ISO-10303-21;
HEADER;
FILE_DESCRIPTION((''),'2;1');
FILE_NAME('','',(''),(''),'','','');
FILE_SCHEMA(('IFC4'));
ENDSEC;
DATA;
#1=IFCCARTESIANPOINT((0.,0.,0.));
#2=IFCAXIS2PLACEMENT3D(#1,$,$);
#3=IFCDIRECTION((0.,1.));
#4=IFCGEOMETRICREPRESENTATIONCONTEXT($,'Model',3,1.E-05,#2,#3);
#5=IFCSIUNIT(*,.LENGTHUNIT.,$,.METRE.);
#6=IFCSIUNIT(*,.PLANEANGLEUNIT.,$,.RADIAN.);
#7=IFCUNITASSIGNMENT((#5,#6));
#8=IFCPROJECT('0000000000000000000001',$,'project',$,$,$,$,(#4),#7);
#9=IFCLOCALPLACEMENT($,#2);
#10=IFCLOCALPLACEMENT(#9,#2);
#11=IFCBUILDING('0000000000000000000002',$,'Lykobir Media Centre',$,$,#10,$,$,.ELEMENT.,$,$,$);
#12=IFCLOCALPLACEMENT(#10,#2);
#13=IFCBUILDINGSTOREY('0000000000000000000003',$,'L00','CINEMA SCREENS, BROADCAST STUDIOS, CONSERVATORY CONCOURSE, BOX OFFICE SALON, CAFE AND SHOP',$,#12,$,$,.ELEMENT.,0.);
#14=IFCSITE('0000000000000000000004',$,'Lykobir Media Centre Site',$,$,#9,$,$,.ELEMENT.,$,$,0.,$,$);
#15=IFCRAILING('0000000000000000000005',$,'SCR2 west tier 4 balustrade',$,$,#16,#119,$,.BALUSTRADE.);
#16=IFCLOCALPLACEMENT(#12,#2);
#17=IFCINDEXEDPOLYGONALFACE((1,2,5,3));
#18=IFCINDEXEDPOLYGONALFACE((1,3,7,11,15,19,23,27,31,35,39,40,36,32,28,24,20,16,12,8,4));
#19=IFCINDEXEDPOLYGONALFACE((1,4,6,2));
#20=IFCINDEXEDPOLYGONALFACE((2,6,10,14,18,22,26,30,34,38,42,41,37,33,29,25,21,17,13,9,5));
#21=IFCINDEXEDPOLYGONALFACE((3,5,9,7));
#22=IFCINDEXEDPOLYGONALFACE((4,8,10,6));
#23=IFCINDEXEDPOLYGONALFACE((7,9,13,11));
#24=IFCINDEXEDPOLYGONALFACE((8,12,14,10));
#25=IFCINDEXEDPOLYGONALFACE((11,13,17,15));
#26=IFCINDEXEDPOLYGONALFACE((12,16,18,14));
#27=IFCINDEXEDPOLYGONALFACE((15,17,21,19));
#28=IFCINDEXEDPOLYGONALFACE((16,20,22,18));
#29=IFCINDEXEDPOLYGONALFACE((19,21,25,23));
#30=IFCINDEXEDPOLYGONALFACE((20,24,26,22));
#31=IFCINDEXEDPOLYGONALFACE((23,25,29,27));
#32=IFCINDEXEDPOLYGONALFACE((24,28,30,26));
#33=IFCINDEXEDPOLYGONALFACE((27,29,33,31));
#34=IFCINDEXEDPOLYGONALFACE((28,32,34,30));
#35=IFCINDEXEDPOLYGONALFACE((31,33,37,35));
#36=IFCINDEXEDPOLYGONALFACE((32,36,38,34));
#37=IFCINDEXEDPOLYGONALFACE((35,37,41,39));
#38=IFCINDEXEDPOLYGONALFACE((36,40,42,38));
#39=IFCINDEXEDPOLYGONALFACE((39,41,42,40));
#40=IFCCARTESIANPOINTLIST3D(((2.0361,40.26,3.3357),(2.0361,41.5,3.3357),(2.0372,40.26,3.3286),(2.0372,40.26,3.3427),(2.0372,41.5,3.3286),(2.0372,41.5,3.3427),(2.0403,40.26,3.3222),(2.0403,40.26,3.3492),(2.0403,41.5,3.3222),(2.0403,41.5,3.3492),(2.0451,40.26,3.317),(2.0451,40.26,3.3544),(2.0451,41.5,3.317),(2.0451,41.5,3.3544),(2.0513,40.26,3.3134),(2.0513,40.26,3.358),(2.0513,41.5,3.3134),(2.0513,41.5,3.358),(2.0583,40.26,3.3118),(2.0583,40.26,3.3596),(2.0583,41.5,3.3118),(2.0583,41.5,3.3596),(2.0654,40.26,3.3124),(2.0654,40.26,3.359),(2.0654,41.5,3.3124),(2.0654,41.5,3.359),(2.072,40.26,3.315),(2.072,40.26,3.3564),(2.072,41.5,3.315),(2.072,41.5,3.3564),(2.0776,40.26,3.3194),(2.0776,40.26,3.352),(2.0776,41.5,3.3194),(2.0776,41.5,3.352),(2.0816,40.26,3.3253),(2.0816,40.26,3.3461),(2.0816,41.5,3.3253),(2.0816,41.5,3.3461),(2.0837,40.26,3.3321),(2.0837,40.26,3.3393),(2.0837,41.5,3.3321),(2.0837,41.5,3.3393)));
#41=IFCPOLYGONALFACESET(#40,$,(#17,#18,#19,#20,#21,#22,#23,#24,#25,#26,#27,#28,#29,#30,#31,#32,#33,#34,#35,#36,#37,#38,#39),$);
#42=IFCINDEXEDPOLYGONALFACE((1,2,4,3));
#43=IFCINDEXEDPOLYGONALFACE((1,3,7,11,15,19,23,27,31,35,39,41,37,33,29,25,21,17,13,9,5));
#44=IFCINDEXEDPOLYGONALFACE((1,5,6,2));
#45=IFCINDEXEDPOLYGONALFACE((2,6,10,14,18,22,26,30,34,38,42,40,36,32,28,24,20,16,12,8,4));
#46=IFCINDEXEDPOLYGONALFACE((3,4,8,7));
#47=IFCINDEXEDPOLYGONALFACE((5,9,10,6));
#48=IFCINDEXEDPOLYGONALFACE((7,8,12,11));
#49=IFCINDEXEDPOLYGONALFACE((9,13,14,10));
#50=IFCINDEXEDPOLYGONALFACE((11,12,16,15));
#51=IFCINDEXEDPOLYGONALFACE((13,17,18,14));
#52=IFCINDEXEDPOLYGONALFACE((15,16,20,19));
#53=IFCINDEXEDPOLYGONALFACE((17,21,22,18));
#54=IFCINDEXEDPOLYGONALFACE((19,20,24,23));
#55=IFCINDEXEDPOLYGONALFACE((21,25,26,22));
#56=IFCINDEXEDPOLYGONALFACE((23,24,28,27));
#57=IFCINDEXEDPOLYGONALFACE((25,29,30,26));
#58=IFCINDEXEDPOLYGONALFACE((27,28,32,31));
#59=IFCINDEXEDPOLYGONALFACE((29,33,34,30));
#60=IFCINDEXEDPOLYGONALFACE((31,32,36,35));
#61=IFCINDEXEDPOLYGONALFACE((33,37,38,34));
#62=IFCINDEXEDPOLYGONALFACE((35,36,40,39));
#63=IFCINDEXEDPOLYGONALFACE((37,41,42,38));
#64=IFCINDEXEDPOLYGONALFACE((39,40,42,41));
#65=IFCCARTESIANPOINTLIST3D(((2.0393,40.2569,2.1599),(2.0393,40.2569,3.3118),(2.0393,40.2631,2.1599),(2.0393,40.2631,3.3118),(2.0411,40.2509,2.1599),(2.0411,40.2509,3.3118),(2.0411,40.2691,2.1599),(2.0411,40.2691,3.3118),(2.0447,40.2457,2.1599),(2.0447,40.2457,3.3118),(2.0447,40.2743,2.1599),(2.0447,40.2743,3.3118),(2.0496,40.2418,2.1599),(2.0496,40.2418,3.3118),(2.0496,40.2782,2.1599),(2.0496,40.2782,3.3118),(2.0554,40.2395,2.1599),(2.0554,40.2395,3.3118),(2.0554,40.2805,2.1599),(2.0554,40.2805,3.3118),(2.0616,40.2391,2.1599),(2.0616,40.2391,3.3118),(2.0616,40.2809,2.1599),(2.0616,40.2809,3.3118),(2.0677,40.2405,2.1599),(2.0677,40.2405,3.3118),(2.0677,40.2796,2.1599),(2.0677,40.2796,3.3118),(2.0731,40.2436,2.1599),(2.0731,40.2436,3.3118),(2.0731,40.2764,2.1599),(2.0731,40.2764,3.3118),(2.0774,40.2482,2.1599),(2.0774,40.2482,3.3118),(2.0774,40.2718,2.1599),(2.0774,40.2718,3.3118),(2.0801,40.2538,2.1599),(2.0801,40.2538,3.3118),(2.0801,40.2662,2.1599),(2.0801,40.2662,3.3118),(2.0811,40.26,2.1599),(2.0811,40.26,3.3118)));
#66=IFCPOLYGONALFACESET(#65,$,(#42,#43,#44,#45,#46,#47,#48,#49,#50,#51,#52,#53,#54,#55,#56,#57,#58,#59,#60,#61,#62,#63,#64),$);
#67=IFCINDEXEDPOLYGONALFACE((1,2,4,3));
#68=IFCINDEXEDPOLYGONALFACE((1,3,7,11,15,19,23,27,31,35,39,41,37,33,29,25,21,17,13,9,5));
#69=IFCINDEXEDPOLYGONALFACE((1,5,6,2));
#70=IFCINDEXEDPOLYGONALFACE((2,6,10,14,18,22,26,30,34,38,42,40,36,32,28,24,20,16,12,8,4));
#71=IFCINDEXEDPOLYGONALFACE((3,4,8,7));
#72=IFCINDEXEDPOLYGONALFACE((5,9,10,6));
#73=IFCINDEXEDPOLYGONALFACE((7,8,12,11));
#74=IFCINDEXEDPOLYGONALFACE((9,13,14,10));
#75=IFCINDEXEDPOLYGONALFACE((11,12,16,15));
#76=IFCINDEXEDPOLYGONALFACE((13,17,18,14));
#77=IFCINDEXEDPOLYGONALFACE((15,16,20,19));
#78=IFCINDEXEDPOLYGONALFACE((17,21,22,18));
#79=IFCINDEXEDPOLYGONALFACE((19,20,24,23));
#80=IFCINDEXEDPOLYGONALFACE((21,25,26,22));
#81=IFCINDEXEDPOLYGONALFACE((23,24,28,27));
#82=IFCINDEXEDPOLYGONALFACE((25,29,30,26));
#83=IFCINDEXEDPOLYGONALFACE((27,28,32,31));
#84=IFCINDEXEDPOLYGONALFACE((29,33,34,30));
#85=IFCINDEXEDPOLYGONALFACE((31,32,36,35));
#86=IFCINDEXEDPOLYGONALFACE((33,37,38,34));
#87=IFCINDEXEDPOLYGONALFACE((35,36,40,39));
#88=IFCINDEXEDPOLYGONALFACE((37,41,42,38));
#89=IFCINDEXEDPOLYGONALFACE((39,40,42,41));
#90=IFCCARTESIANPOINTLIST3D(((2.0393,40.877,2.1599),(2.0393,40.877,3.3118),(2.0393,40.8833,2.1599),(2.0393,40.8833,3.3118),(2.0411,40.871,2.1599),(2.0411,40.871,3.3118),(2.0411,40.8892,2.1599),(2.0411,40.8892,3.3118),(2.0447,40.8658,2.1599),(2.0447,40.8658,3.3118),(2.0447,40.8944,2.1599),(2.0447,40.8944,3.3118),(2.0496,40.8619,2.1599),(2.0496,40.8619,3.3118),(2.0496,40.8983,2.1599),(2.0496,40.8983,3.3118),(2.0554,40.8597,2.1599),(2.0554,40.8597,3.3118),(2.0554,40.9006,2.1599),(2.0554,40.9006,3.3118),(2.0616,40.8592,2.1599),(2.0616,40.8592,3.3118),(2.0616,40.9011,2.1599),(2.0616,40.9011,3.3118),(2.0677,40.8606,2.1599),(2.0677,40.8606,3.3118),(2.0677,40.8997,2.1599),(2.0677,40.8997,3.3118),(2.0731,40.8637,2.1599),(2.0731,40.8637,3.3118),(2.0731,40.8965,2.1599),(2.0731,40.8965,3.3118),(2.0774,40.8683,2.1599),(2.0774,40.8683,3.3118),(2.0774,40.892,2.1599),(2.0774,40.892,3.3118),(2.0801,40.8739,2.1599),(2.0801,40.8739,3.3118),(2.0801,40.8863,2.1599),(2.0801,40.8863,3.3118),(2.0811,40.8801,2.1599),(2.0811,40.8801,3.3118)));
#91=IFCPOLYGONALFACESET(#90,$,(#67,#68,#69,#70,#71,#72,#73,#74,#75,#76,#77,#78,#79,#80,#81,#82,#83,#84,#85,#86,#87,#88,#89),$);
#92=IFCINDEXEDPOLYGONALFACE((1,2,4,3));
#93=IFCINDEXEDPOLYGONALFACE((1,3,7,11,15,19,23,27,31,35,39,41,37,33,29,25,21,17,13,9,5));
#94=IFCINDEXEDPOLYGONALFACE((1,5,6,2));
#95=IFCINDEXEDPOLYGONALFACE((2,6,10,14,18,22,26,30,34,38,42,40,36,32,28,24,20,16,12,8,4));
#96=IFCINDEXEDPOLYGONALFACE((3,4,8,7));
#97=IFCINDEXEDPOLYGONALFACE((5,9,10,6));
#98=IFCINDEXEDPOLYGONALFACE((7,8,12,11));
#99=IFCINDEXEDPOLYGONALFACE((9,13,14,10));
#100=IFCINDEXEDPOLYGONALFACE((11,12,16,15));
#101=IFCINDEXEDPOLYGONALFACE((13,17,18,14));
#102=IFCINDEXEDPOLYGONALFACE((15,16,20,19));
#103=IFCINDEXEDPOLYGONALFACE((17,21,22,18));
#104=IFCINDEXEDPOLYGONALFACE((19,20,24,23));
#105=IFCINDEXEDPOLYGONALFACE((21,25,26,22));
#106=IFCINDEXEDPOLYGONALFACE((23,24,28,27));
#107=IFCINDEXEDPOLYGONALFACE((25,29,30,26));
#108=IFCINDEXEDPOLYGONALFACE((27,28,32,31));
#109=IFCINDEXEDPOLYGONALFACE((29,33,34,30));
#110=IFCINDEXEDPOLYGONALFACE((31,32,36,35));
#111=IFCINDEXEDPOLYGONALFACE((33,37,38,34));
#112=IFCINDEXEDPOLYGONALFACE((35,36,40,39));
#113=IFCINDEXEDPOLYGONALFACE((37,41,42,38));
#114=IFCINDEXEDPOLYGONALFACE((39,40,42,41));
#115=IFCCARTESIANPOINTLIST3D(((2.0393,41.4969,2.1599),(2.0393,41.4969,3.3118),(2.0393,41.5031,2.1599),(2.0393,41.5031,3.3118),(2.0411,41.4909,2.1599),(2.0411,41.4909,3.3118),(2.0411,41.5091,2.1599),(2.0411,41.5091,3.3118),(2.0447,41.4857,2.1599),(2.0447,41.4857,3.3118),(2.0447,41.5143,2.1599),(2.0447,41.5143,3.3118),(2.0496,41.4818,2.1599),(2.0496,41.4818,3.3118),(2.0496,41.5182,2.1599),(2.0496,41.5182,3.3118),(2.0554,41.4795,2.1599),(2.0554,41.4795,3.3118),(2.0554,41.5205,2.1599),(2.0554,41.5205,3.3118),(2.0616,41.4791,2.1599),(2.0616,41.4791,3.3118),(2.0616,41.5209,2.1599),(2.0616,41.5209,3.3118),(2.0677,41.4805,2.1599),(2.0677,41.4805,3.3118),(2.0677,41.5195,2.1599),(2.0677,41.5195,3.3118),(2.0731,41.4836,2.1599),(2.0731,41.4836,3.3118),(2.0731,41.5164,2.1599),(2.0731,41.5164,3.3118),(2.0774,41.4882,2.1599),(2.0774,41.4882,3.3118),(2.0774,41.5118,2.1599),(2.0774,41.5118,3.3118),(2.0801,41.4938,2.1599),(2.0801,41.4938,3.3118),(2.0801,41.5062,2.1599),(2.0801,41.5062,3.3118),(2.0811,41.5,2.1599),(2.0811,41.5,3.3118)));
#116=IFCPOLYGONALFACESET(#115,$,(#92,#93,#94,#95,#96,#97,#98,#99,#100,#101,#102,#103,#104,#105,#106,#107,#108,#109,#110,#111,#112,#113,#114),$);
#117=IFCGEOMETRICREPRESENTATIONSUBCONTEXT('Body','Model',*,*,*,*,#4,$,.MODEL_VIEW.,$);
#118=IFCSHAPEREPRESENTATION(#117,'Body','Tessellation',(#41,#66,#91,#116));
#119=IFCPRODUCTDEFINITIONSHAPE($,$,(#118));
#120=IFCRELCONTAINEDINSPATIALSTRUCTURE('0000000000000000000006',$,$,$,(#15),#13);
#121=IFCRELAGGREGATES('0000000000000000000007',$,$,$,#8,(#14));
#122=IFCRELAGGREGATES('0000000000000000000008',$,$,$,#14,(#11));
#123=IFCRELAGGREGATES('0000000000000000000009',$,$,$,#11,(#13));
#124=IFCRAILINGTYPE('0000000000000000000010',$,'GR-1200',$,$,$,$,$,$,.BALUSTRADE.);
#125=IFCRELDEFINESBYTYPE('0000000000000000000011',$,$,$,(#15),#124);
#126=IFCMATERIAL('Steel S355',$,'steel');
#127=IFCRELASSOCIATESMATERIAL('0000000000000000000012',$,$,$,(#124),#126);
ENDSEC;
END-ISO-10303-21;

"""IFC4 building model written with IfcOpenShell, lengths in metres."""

from ifc_helpers import new_model, si_unit, direction, frame, origin, origin_2d, place, context, subcontext, project, spatial, circle, extrude, material, type_object, element, save


model = new_model("IFC4")

# Units and contexts
model_context = context("Model", 3, precision=1e-05, world=origin(), true_north=direction((0.0, 1.0)))
body_context = subcontext(model_context, "Body", "Model", "MODEL_VIEW")
ifc_project = project(units=[si_unit("LENGTHUNIT", "METRE"), si_unit("PLANEANGLEUNIT", "RADIAN")], contexts=[model_context])

# Site, building, storey
site_placement = place(None, origin())
site = spatial("IfcSite", under=ifc_project, at=site_placement, Name="Lykobir Media Centre Site", CompositionType="ELEMENT", RefElevation=0.0)
building_placement = place(site_placement, origin())
building = spatial("IfcBuilding", under=site, at=building_placement, Name="Lykobir Media Centre", CompositionType="ELEMENT")
storey_placement = place(building_placement, origin())
storey = spatial("IfcBuildingStorey", under=building, at=storey_placement, Name="L00", Description="CINEMA SCREENS, BROADCAST STUDIOS, CONSERVATORY CONCOURSE, BOX OFFICE SALON, CAFE AND SHOP", CompositionType="ELEMENT", Elevation=0.0)

# Shared definitions
ifc_material_1 = material(Name="Steel S355", Category="steel")

# Railing
railing_type = type_object("IfcRailingType", Name="GR-1200", PredefinedType="BALUSTRADE", material=ifc_material_1)
railing_1_placement = place(storey_placement, frame((2.0601, 40.26, 2.1599)))
element("IfcRailing", 1, at=railing_1_placement, inside=storey, type_object=railing_type, Name="SCR2 west tier 4 balustrade", PredefinedType="BALUSTRADE", context=body_context, shape_type="SweptSolid", body=[
    extrude(circle(Radius=0.0239, at=origin_2d()), frame((0.0, 0.0, 1.1758), z_axis=(0.0, 1.0, 0.0), x_axis=(-1.0, 0.0, 0.0)), (0.0, 0.0, 1.0), 1.24),
    extrude(circle(Radius=0.021, at=origin_2d()), origin(), (0.0, 0.0, 1.0), 1.1519),
    extrude(circle(Radius=0.021, at=origin_2d()), frame((0.0, 0.6201, 0.0)), (0.0, 0.0, 1.0), 1.1519),
    extrude(circle(Radius=0.021, at=origin_2d()), frame((0.0, 1.24, 0.0)), (0.0, 0.0, 1.0), 1.1519),
])

save(model, "model.ifc")
